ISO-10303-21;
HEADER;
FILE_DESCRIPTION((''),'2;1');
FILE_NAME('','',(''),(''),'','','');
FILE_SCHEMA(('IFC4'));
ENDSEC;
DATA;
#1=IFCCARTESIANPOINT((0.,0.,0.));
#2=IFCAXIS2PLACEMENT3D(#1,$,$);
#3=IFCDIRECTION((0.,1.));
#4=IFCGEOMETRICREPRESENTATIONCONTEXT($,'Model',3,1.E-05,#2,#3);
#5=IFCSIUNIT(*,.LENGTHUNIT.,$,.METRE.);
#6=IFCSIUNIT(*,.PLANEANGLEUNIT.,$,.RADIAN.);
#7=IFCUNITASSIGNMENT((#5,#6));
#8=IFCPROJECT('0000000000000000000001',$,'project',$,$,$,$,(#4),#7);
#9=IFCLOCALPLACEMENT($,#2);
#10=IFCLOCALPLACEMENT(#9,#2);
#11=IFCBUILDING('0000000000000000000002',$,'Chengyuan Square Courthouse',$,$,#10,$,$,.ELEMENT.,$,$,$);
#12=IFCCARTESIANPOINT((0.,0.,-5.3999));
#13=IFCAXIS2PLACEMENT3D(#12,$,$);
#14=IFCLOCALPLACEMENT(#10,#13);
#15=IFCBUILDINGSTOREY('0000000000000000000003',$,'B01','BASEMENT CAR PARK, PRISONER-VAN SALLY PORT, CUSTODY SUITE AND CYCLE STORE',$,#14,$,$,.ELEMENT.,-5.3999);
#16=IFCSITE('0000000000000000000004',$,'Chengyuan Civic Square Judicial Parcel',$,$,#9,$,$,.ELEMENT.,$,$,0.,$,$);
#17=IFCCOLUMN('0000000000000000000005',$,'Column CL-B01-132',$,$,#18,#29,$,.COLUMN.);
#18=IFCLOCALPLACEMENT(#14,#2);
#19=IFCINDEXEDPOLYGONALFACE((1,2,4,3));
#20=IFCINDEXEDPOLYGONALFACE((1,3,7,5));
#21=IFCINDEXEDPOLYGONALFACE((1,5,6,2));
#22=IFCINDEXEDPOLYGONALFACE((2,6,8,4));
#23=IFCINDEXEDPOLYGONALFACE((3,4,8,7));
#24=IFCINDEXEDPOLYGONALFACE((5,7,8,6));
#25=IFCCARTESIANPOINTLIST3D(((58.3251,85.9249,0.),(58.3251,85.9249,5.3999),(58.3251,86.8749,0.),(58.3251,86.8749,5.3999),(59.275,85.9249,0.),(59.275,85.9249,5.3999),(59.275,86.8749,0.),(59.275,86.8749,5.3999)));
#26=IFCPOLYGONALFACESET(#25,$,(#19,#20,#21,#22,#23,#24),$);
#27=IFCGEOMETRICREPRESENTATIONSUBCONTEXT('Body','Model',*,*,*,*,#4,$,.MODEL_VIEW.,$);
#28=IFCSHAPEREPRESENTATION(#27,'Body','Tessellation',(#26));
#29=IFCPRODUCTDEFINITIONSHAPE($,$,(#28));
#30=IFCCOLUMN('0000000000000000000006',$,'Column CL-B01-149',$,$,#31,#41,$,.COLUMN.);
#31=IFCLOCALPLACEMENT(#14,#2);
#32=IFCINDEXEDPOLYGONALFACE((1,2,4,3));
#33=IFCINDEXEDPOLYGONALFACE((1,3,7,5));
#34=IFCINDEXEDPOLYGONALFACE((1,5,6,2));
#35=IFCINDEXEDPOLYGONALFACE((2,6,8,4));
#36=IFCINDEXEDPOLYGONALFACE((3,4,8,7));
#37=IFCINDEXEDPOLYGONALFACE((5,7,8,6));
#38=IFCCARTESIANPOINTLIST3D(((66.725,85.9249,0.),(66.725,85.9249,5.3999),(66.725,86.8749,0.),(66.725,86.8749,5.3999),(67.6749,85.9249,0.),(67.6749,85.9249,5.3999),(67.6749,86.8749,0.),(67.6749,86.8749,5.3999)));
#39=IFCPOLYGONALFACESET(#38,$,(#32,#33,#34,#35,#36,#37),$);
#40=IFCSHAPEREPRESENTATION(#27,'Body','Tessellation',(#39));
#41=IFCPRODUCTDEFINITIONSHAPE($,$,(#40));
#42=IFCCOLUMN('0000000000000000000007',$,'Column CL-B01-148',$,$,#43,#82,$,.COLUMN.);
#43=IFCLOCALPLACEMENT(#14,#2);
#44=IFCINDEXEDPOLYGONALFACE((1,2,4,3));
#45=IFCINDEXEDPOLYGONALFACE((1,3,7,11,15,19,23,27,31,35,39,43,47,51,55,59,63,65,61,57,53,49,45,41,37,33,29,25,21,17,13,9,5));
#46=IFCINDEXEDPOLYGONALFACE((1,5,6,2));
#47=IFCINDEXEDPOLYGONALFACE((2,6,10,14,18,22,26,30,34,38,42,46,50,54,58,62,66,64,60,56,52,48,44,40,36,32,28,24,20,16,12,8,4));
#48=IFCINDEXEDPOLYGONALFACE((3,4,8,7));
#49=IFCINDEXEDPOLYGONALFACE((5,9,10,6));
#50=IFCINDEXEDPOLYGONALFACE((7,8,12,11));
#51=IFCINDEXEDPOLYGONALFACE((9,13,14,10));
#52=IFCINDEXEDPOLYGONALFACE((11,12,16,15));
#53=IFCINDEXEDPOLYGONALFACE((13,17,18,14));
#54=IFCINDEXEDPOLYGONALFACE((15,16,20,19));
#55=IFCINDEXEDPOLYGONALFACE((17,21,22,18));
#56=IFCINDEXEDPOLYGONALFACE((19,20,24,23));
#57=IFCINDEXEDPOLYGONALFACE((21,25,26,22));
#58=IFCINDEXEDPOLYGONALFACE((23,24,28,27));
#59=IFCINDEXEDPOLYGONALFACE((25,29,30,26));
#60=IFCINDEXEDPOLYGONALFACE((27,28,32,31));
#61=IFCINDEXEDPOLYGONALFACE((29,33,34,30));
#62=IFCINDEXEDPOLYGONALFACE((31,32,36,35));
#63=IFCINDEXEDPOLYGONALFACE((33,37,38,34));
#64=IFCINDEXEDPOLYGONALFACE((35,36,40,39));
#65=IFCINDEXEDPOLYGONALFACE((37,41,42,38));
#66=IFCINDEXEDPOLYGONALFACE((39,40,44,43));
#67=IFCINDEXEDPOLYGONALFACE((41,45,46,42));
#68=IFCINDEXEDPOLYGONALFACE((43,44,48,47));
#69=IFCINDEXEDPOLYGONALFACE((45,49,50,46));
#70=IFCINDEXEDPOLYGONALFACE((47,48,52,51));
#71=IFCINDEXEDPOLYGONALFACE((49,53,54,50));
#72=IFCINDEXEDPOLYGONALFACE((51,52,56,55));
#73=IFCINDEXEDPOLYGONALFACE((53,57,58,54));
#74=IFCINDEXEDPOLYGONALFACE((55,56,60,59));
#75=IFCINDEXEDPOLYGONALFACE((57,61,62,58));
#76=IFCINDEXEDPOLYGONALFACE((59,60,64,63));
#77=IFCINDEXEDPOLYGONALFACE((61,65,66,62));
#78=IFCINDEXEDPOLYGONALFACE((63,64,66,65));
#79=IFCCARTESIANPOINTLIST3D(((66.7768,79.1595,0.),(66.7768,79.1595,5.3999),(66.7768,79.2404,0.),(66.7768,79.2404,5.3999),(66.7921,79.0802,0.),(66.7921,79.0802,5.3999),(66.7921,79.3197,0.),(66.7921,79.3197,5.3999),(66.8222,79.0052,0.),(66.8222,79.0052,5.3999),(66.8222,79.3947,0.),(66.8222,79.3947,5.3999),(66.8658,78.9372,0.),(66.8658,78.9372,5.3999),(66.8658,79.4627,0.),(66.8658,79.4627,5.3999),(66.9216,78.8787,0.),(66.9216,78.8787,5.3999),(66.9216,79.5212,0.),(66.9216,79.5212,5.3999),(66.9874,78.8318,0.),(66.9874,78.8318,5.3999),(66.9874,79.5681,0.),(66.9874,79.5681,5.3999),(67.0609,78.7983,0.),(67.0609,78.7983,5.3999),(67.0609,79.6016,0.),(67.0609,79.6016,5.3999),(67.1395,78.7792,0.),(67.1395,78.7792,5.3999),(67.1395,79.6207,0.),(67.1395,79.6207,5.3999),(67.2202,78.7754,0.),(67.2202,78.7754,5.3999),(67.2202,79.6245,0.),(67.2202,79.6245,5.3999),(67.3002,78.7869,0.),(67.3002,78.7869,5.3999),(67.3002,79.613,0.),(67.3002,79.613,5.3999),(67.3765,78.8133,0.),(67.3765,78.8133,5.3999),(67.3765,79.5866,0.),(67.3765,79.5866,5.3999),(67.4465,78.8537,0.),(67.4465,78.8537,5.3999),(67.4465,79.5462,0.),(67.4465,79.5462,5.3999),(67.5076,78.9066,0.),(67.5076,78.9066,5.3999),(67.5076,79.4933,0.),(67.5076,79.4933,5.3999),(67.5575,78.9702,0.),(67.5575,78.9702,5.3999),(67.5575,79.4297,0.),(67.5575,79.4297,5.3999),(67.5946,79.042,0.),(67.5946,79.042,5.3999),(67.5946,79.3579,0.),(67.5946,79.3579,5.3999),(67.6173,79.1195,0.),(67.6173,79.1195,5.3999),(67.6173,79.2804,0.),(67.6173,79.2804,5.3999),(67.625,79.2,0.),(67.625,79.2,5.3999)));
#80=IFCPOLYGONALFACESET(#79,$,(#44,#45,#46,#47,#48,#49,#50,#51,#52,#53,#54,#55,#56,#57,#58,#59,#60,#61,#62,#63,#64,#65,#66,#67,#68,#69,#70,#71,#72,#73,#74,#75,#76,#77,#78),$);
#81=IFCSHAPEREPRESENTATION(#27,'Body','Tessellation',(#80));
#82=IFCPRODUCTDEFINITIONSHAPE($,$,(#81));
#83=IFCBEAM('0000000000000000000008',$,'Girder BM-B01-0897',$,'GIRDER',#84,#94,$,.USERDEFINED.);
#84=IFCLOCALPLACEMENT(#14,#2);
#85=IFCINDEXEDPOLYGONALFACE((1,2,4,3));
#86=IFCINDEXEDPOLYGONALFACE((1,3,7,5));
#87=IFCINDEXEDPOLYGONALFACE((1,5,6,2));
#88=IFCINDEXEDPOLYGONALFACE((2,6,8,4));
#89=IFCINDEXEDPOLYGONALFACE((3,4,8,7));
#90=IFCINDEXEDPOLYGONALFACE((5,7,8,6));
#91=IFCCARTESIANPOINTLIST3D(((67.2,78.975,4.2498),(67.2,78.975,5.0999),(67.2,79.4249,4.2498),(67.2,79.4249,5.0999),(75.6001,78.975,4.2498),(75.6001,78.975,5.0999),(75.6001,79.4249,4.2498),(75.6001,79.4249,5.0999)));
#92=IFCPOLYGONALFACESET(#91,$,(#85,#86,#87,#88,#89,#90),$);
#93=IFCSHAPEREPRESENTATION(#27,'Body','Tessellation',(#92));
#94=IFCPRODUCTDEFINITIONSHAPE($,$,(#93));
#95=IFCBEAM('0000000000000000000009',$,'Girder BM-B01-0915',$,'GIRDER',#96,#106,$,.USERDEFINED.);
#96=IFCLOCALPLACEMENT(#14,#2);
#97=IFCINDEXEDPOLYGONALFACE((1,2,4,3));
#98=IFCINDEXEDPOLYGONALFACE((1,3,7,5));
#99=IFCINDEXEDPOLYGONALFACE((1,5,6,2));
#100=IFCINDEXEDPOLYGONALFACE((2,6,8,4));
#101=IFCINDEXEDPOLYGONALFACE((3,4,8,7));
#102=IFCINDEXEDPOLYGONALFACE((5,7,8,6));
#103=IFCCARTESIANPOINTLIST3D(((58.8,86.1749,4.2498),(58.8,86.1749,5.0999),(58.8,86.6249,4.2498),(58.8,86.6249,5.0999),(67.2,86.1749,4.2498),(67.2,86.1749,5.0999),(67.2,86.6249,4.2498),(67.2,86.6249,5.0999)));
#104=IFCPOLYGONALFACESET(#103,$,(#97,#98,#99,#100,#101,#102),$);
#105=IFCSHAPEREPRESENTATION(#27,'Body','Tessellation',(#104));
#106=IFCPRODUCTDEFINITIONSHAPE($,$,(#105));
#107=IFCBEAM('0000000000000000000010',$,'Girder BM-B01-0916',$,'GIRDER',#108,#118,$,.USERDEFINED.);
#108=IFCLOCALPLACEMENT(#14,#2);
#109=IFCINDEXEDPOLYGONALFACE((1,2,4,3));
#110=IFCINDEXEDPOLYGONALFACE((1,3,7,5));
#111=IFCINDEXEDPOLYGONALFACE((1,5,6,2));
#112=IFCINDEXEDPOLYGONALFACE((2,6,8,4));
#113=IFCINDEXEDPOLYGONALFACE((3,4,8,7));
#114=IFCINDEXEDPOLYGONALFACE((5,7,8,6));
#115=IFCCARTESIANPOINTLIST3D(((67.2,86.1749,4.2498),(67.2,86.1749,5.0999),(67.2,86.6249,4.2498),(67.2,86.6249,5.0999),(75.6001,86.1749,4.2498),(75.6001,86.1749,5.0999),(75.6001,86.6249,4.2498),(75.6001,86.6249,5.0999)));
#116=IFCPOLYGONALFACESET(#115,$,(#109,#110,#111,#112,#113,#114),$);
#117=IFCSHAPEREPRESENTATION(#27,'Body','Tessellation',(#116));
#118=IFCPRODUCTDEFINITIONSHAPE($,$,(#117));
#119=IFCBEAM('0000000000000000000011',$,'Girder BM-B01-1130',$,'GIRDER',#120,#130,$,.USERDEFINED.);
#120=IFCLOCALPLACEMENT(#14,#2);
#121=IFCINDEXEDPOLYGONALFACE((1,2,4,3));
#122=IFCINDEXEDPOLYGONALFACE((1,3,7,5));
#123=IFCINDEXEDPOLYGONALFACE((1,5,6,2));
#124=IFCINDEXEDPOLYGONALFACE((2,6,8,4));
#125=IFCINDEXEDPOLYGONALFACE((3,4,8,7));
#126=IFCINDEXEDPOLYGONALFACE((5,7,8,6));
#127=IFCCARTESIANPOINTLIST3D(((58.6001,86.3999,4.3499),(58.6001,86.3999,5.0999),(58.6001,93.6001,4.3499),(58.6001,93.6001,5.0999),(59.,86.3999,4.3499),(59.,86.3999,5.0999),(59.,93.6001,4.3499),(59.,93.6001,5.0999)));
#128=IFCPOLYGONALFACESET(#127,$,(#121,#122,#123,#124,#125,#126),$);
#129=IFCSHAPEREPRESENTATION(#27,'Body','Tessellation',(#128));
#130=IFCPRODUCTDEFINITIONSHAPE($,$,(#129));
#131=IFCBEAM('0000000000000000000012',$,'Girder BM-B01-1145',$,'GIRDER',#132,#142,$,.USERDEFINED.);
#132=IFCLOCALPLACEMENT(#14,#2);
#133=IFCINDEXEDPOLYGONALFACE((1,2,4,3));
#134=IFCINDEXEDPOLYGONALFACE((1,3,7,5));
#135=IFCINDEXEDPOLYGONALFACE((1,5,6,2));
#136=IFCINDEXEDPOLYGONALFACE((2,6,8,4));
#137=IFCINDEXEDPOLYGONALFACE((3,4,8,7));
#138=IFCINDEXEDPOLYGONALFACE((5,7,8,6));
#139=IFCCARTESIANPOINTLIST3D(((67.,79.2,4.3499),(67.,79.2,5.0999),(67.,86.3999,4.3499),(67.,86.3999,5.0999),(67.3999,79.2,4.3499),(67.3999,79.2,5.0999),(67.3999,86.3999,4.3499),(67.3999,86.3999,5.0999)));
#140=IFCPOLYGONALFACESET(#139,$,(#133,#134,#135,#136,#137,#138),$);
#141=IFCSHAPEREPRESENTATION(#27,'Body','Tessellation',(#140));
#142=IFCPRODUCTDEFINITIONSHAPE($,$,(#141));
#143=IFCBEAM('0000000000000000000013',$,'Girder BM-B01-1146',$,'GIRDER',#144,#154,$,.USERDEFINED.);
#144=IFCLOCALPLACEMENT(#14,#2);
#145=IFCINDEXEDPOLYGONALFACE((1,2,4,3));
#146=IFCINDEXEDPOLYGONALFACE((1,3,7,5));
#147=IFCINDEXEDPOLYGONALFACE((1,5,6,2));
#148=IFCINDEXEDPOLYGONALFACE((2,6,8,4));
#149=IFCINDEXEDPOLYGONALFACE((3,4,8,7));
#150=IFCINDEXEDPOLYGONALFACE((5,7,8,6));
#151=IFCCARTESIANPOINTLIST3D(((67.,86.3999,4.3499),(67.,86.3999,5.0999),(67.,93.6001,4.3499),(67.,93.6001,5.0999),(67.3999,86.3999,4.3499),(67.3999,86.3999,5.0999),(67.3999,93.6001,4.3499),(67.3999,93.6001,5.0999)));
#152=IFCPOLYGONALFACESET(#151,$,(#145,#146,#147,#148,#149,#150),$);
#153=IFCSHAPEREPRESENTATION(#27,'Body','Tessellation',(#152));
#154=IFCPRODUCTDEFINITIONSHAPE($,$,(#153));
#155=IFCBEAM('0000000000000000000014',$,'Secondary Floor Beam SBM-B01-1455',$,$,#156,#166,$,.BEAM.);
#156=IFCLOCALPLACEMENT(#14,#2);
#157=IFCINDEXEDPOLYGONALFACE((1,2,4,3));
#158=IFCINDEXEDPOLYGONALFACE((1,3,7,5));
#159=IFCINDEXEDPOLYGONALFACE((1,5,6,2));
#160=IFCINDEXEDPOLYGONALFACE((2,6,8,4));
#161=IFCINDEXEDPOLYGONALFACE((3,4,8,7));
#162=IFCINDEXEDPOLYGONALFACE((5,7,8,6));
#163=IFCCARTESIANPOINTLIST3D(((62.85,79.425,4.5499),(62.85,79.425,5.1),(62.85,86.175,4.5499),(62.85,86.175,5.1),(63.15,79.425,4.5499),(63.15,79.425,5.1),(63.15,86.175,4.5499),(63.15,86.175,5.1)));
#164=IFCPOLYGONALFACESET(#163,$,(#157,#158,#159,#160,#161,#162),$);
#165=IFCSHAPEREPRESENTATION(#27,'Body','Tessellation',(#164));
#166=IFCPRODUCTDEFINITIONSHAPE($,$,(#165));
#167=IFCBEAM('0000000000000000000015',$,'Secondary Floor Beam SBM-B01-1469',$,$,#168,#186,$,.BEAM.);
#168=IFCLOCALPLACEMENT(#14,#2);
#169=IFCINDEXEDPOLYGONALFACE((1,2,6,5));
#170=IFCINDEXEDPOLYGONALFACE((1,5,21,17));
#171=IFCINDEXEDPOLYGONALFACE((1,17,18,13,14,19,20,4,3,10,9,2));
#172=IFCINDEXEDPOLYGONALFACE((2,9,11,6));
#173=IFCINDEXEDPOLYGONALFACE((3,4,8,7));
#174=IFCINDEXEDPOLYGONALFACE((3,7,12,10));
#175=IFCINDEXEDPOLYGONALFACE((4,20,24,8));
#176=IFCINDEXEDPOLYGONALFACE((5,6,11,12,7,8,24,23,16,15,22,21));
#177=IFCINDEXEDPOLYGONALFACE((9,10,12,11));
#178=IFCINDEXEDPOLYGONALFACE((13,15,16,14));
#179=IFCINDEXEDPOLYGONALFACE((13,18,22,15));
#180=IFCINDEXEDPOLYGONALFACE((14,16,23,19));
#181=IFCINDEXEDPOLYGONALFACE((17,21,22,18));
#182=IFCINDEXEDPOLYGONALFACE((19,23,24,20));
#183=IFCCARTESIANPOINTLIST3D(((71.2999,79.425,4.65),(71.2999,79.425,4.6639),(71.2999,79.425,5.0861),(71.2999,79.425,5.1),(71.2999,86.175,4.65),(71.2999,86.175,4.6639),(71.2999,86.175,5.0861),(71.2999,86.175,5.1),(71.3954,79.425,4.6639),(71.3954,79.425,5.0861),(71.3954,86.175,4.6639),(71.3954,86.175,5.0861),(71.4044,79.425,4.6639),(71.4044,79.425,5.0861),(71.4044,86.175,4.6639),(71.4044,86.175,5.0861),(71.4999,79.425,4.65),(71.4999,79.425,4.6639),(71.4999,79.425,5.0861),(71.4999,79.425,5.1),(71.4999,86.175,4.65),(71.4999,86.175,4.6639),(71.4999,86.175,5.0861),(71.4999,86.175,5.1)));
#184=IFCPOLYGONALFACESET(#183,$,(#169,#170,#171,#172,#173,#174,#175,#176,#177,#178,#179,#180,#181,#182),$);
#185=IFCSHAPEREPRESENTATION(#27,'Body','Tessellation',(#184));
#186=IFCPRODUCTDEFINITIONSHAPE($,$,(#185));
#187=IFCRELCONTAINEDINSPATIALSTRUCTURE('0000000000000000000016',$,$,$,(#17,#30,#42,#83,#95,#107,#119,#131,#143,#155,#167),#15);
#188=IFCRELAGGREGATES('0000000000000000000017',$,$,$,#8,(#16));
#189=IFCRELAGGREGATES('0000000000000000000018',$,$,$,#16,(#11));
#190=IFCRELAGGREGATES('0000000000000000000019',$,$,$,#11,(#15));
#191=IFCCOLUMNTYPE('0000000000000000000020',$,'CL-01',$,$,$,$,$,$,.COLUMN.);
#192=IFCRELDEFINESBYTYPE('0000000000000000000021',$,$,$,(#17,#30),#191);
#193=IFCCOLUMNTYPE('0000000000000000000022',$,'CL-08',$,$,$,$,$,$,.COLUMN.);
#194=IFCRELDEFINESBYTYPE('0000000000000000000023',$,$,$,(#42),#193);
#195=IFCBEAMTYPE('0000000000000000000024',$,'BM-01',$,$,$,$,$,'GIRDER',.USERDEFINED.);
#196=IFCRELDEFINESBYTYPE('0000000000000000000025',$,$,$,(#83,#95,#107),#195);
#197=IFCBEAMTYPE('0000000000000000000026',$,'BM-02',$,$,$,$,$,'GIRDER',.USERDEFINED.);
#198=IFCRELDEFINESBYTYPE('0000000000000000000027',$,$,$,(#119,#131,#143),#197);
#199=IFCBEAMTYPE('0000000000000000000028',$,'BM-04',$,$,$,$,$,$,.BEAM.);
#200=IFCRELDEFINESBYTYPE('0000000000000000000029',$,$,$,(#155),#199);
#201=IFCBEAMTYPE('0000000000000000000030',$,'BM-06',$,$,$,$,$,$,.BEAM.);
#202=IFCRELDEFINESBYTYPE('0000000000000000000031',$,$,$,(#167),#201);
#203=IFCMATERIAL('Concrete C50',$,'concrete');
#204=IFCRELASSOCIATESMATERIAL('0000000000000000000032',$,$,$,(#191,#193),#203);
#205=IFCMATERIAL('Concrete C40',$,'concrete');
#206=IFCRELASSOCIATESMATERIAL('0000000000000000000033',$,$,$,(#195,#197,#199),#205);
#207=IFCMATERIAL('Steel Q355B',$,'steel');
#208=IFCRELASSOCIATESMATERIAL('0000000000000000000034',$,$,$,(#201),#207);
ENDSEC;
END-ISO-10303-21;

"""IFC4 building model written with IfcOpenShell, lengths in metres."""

from ifc_helpers import new_model, si_unit, direction, frame, origin, origin_2d, place, context, subcontext, project, spatial, rectangle, circle, i_section, extrude, material, material_profile, profile_set, type_object, element, save


model = new_model("IFC4")

# Units and contexts
model_context = context("Model", 3, precision=1e-05, world=origin(), true_north=direction((0.0, 1.0)))
body_context = subcontext(model_context, "Body", "Model", "MODEL_VIEW")
ifc_project = project(units=[si_unit("LENGTHUNIT", "METRE"), si_unit("PLANEANGLEUNIT", "RADIAN")], contexts=[model_context])

# Site, building, storey
site_placement = place(None, origin())
site = spatial("IfcSite", under=ifc_project, at=site_placement, Name="Chengyuan Civic Square Judicial Parcel", CompositionType="ELEMENT", RefElevation=0.0)
building_placement = place(site_placement, origin())
building = spatial("IfcBuilding", under=site, at=building_placement, Name="Chengyuan Square Courthouse", CompositionType="ELEMENT")
storey_placement = place(building_placement, frame((0.0, 0.0, -5.3999)))
storey = spatial("IfcBuildingStorey", under=building, at=storey_placement, Name="B01", Description="BASEMENT CAR PARK, PRISONER-VAN SALLY PORT, CUSTODY SUITE AND CYCLE STORE", CompositionType="ELEMENT", Elevation=-5.3999)

# Columns
ifc_material_1 = material(Name="Concrete C50", Category="concrete")
ifc_material_profile_1 = material_profile(ifc_material_1, rectangle(XDim=0.95, YDim=0.95, at=origin_2d()), Name="RC-COL-950x950")
ifc_profile_set_1 = profile_set([ifc_material_profile_1], Name="Concrete C50")
column_type_1 = type_object("IfcColumnType", Name="CL-01", PredefinedType="COLUMN", material=ifc_profile_set_1)
for number, where, z_axis, x_axis, name in (
    (1, (58.8, 86.3999, 0.0), (0.0, 0.0, 1.0), (1.0, 0.0, 0.0), "Column CL-B01-132"),
    (2, (67.2, 86.3999, 0.0), (0.0, 0.0, 1.0), (1.0, 0.0, 0.0), "Column CL-B01-149"),
):
    element("IfcColumn", number, at=place(storey_placement, frame(where, z_axis=z_axis, x_axis=x_axis)), inside=storey, type_object=column_type_1, Name=name, PredefinedType="COLUMN", context=body_context, shape_type="SweptSolid", body=[
        extrude(rectangle(XDim=0.95, YDim=0.95, at=origin_2d()), origin(), (0.0, 0.0, 1.0), 5.3999),
    ])
ifc_material_profile_2 = material_profile(ifc_material_1, circle(Radius=0.425, at=origin_2d()), Name="RC-COL-D850")
ifc_profile_set_2 = profile_set([ifc_material_profile_2], Name="Concrete C50")
column_type_2 = type_object("IfcColumnType", Name="CL-08", PredefinedType="COLUMN", material=ifc_profile_set_2)
column_placement = place(storey_placement, frame((67.2, 79.2, 0.0), z_axis=(0.0, 0.0, 1.0), x_axis=(1.0, 0.0, 0.0)))
element("IfcColumn", 3, at=column_placement, inside=storey, type_object=column_type_2, Name="Column CL-B01-148", PredefinedType="COLUMN", context=body_context, shape_type="SweptSolid", body=[
    extrude(circle(Radius=0.425, at=origin_2d()), origin(), (0.0, 0.0, 1.0), 5.3999),
])

# Beams
ifc_material_2 = material(Name="Concrete C40", Category="concrete")
ifc_material_profile_3 = material_profile(ifc_material_2, rectangle(XDim=0.45, YDim=0.8501, at=origin_2d()), Name="RC-BM-450x850")
ifc_profile_set_3 = profile_set([ifc_material_profile_3], Name="Concrete C40")
beam_type_1 = type_object("IfcBeamType", Name="BM-01", ElementType="GIRDER", PredefinedType="USERDEFINED", material=ifc_profile_set_3)
beam_1_placement = place(storey_placement, frame((67.2, 79.2, 4.6748), z_axis=(1.0, 0.0, 0.0), x_axis=(0.0, 1.0, 0.0)))
element("IfcBeam", 4, at=beam_1_placement, inside=storey, type_object=beam_type_1, Name="Girder BM-B01-0897", ObjectType="GIRDER", PredefinedType="USERDEFINED", context=body_context, shape_type="SweptSolid", body=[
    extrude(rectangle(XDim=0.45, YDim=0.8501, at=origin_2d()), origin(), (0.0, 0.0, 1.0), 8.4001),
])
beam_2_placement = place(storey_placement, frame((58.8, 86.3999, 4.6748), z_axis=(1.0, 0.0, 0.0), x_axis=(0.0, 1.0, 0.0)))
element("IfcBeam", 5, at=beam_2_placement, inside=storey, type_object=beam_type_1, Name="Girder BM-B01-0915", ObjectType="GIRDER", PredefinedType="USERDEFINED", context=body_context, shape_type="SweptSolid", body=[
    extrude(rectangle(XDim=0.45, YDim=0.8501, at=origin_2d()), origin(), (0.0, 0.0, 1.0), 8.3999),
])
beam_3_placement = place(storey_placement, frame((67.2, 86.3999, 4.6748), z_axis=(1.0, 0.0, 0.0), x_axis=(0.0, 1.0, 0.0)))
element("IfcBeam", 6, at=beam_3_placement, inside=storey, type_object=beam_type_1, Name="Girder BM-B01-0916", ObjectType="GIRDER", PredefinedType="USERDEFINED", context=body_context, shape_type="SweptSolid", body=[
    extrude(rectangle(XDim=0.45, YDim=0.8501, at=origin_2d()), origin(), (0.0, 0.0, 1.0), 8.4001),
])
ifc_material_profile_4 = material_profile(ifc_material_2, rectangle(XDim=0.3999, YDim=0.75, at=origin_2d()), Name="RC-BM-400x750")
ifc_profile_set_4 = profile_set([ifc_material_profile_4], Name="Concrete C40")
beam_type_2 = type_object("IfcBeamType", Name="BM-02", ElementType="GIRDER", PredefinedType="USERDEFINED", material=ifc_profile_set_4)
beam_4_placement = place(storey_placement, frame((58.8, 86.3999, 4.7249), z_axis=(0.0, 1.0, 0.0), x_axis=(-1.0, 0.0, 0.0)))
element("IfcBeam", 7, at=beam_4_placement, inside=storey, type_object=beam_type_2, Name="Girder BM-B01-1130", ObjectType="GIRDER", PredefinedType="USERDEFINED", context=body_context, shape_type="SweptSolid", body=[
    extrude(rectangle(XDim=0.3999, YDim=0.75, at=origin_2d()), origin(), (0.0, 0.0, 1.0), 7.2002),
])
beam_5_placement = place(storey_placement, frame((67.2, 79.2, 4.7249), z_axis=(0.0, 1.0, 0.0), x_axis=(-1.0, 0.0, 0.0)))
element("IfcBeam", 8, at=beam_5_placement, inside=storey, type_object=beam_type_2, Name="Girder BM-B01-1145", ObjectType="GIRDER", PredefinedType="USERDEFINED", context=body_context, shape_type="SweptSolid", body=[
    extrude(rectangle(XDim=0.3999, YDim=0.75, at=origin_2d()), origin(), (0.0, 0.0, 1.0), 7.2),
])
beam_6_placement = place(storey_placement, frame((67.2, 86.3999, 4.7249), z_axis=(0.0, 1.0, 0.0), x_axis=(-1.0, 0.0, 0.0)))
element("IfcBeam", 9, at=beam_6_placement, inside=storey, type_object=beam_type_2, Name="Girder BM-B01-1146", ObjectType="GIRDER", PredefinedType="USERDEFINED", context=body_context, shape_type="SweptSolid", body=[
    extrude(rectangle(XDim=0.3999, YDim=0.75, at=origin_2d()), origin(), (0.0, 0.0, 1.0), 7.2002),
])
ifc_material_profile_5 = material_profile(ifc_material_2, rectangle(XDim=0.3, YDim=0.55, at=origin_2d()), Name="RC-BM-300x550")
ifc_profile_set_5 = profile_set([ifc_material_profile_5], Name="Concrete C40")
beam_type_3 = type_object("IfcBeamType", Name="BM-04", PredefinedType="BEAM", material=ifc_profile_set_5)
beam_7_placement = place(storey_placement, frame((63.0, 79.425, 4.825), z_axis=(0.0, 1.0, 0.0), x_axis=(-1.0, 0.0, 0.0)))
element("IfcBeam", 10, at=beam_7_placement, inside=storey, type_object=beam_type_3, Name="Secondary Floor Beam SBM-B01-1455", PredefinedType="BEAM", context=body_context, shape_type="SweptSolid", body=[
    extrude(rectangle(XDim=0.3, YDim=0.55, at=origin_2d()), origin(), (0.0, 0.0, 1.0), 6.75),
])
ifc_material_3 = material(Name="Steel Q355B", Category="steel")
ifc_material_profile_6 = material_profile(ifc_material_3, i_section(OverallWidth=0.2, OverallDepth=0.45, WebThickness=0.009, FlangeThickness=0.0139, at=origin_2d()), Name="HN 450x200x9x14")
ifc_profile_set_6 = profile_set([ifc_material_profile_6], Name="Steel Q355B")
beam_type_4 = type_object("IfcBeamType", Name="BM-06", PredefinedType="BEAM", material=ifc_profile_set_6)
beam_8_placement = place(storey_placement, frame((71.3999, 79.425, 4.875), z_axis=(0.0, 1.0, 0.0), x_axis=(-1.0, 0.0, 0.0)))
element("IfcBeam", 11, at=beam_8_placement, inside=storey, type_object=beam_type_4, Name="Secondary Floor Beam SBM-B01-1469", PredefinedType="BEAM", context=body_context, shape_type="SweptSolid", body=[
    extrude(i_section(OverallWidth=0.2, OverallDepth=0.45, WebThickness=0.009, FlangeThickness=0.0139, at=origin_2d()), origin(), (0.0, 0.0, 1.0), 6.75),
])

save(model, "model.ifc")
